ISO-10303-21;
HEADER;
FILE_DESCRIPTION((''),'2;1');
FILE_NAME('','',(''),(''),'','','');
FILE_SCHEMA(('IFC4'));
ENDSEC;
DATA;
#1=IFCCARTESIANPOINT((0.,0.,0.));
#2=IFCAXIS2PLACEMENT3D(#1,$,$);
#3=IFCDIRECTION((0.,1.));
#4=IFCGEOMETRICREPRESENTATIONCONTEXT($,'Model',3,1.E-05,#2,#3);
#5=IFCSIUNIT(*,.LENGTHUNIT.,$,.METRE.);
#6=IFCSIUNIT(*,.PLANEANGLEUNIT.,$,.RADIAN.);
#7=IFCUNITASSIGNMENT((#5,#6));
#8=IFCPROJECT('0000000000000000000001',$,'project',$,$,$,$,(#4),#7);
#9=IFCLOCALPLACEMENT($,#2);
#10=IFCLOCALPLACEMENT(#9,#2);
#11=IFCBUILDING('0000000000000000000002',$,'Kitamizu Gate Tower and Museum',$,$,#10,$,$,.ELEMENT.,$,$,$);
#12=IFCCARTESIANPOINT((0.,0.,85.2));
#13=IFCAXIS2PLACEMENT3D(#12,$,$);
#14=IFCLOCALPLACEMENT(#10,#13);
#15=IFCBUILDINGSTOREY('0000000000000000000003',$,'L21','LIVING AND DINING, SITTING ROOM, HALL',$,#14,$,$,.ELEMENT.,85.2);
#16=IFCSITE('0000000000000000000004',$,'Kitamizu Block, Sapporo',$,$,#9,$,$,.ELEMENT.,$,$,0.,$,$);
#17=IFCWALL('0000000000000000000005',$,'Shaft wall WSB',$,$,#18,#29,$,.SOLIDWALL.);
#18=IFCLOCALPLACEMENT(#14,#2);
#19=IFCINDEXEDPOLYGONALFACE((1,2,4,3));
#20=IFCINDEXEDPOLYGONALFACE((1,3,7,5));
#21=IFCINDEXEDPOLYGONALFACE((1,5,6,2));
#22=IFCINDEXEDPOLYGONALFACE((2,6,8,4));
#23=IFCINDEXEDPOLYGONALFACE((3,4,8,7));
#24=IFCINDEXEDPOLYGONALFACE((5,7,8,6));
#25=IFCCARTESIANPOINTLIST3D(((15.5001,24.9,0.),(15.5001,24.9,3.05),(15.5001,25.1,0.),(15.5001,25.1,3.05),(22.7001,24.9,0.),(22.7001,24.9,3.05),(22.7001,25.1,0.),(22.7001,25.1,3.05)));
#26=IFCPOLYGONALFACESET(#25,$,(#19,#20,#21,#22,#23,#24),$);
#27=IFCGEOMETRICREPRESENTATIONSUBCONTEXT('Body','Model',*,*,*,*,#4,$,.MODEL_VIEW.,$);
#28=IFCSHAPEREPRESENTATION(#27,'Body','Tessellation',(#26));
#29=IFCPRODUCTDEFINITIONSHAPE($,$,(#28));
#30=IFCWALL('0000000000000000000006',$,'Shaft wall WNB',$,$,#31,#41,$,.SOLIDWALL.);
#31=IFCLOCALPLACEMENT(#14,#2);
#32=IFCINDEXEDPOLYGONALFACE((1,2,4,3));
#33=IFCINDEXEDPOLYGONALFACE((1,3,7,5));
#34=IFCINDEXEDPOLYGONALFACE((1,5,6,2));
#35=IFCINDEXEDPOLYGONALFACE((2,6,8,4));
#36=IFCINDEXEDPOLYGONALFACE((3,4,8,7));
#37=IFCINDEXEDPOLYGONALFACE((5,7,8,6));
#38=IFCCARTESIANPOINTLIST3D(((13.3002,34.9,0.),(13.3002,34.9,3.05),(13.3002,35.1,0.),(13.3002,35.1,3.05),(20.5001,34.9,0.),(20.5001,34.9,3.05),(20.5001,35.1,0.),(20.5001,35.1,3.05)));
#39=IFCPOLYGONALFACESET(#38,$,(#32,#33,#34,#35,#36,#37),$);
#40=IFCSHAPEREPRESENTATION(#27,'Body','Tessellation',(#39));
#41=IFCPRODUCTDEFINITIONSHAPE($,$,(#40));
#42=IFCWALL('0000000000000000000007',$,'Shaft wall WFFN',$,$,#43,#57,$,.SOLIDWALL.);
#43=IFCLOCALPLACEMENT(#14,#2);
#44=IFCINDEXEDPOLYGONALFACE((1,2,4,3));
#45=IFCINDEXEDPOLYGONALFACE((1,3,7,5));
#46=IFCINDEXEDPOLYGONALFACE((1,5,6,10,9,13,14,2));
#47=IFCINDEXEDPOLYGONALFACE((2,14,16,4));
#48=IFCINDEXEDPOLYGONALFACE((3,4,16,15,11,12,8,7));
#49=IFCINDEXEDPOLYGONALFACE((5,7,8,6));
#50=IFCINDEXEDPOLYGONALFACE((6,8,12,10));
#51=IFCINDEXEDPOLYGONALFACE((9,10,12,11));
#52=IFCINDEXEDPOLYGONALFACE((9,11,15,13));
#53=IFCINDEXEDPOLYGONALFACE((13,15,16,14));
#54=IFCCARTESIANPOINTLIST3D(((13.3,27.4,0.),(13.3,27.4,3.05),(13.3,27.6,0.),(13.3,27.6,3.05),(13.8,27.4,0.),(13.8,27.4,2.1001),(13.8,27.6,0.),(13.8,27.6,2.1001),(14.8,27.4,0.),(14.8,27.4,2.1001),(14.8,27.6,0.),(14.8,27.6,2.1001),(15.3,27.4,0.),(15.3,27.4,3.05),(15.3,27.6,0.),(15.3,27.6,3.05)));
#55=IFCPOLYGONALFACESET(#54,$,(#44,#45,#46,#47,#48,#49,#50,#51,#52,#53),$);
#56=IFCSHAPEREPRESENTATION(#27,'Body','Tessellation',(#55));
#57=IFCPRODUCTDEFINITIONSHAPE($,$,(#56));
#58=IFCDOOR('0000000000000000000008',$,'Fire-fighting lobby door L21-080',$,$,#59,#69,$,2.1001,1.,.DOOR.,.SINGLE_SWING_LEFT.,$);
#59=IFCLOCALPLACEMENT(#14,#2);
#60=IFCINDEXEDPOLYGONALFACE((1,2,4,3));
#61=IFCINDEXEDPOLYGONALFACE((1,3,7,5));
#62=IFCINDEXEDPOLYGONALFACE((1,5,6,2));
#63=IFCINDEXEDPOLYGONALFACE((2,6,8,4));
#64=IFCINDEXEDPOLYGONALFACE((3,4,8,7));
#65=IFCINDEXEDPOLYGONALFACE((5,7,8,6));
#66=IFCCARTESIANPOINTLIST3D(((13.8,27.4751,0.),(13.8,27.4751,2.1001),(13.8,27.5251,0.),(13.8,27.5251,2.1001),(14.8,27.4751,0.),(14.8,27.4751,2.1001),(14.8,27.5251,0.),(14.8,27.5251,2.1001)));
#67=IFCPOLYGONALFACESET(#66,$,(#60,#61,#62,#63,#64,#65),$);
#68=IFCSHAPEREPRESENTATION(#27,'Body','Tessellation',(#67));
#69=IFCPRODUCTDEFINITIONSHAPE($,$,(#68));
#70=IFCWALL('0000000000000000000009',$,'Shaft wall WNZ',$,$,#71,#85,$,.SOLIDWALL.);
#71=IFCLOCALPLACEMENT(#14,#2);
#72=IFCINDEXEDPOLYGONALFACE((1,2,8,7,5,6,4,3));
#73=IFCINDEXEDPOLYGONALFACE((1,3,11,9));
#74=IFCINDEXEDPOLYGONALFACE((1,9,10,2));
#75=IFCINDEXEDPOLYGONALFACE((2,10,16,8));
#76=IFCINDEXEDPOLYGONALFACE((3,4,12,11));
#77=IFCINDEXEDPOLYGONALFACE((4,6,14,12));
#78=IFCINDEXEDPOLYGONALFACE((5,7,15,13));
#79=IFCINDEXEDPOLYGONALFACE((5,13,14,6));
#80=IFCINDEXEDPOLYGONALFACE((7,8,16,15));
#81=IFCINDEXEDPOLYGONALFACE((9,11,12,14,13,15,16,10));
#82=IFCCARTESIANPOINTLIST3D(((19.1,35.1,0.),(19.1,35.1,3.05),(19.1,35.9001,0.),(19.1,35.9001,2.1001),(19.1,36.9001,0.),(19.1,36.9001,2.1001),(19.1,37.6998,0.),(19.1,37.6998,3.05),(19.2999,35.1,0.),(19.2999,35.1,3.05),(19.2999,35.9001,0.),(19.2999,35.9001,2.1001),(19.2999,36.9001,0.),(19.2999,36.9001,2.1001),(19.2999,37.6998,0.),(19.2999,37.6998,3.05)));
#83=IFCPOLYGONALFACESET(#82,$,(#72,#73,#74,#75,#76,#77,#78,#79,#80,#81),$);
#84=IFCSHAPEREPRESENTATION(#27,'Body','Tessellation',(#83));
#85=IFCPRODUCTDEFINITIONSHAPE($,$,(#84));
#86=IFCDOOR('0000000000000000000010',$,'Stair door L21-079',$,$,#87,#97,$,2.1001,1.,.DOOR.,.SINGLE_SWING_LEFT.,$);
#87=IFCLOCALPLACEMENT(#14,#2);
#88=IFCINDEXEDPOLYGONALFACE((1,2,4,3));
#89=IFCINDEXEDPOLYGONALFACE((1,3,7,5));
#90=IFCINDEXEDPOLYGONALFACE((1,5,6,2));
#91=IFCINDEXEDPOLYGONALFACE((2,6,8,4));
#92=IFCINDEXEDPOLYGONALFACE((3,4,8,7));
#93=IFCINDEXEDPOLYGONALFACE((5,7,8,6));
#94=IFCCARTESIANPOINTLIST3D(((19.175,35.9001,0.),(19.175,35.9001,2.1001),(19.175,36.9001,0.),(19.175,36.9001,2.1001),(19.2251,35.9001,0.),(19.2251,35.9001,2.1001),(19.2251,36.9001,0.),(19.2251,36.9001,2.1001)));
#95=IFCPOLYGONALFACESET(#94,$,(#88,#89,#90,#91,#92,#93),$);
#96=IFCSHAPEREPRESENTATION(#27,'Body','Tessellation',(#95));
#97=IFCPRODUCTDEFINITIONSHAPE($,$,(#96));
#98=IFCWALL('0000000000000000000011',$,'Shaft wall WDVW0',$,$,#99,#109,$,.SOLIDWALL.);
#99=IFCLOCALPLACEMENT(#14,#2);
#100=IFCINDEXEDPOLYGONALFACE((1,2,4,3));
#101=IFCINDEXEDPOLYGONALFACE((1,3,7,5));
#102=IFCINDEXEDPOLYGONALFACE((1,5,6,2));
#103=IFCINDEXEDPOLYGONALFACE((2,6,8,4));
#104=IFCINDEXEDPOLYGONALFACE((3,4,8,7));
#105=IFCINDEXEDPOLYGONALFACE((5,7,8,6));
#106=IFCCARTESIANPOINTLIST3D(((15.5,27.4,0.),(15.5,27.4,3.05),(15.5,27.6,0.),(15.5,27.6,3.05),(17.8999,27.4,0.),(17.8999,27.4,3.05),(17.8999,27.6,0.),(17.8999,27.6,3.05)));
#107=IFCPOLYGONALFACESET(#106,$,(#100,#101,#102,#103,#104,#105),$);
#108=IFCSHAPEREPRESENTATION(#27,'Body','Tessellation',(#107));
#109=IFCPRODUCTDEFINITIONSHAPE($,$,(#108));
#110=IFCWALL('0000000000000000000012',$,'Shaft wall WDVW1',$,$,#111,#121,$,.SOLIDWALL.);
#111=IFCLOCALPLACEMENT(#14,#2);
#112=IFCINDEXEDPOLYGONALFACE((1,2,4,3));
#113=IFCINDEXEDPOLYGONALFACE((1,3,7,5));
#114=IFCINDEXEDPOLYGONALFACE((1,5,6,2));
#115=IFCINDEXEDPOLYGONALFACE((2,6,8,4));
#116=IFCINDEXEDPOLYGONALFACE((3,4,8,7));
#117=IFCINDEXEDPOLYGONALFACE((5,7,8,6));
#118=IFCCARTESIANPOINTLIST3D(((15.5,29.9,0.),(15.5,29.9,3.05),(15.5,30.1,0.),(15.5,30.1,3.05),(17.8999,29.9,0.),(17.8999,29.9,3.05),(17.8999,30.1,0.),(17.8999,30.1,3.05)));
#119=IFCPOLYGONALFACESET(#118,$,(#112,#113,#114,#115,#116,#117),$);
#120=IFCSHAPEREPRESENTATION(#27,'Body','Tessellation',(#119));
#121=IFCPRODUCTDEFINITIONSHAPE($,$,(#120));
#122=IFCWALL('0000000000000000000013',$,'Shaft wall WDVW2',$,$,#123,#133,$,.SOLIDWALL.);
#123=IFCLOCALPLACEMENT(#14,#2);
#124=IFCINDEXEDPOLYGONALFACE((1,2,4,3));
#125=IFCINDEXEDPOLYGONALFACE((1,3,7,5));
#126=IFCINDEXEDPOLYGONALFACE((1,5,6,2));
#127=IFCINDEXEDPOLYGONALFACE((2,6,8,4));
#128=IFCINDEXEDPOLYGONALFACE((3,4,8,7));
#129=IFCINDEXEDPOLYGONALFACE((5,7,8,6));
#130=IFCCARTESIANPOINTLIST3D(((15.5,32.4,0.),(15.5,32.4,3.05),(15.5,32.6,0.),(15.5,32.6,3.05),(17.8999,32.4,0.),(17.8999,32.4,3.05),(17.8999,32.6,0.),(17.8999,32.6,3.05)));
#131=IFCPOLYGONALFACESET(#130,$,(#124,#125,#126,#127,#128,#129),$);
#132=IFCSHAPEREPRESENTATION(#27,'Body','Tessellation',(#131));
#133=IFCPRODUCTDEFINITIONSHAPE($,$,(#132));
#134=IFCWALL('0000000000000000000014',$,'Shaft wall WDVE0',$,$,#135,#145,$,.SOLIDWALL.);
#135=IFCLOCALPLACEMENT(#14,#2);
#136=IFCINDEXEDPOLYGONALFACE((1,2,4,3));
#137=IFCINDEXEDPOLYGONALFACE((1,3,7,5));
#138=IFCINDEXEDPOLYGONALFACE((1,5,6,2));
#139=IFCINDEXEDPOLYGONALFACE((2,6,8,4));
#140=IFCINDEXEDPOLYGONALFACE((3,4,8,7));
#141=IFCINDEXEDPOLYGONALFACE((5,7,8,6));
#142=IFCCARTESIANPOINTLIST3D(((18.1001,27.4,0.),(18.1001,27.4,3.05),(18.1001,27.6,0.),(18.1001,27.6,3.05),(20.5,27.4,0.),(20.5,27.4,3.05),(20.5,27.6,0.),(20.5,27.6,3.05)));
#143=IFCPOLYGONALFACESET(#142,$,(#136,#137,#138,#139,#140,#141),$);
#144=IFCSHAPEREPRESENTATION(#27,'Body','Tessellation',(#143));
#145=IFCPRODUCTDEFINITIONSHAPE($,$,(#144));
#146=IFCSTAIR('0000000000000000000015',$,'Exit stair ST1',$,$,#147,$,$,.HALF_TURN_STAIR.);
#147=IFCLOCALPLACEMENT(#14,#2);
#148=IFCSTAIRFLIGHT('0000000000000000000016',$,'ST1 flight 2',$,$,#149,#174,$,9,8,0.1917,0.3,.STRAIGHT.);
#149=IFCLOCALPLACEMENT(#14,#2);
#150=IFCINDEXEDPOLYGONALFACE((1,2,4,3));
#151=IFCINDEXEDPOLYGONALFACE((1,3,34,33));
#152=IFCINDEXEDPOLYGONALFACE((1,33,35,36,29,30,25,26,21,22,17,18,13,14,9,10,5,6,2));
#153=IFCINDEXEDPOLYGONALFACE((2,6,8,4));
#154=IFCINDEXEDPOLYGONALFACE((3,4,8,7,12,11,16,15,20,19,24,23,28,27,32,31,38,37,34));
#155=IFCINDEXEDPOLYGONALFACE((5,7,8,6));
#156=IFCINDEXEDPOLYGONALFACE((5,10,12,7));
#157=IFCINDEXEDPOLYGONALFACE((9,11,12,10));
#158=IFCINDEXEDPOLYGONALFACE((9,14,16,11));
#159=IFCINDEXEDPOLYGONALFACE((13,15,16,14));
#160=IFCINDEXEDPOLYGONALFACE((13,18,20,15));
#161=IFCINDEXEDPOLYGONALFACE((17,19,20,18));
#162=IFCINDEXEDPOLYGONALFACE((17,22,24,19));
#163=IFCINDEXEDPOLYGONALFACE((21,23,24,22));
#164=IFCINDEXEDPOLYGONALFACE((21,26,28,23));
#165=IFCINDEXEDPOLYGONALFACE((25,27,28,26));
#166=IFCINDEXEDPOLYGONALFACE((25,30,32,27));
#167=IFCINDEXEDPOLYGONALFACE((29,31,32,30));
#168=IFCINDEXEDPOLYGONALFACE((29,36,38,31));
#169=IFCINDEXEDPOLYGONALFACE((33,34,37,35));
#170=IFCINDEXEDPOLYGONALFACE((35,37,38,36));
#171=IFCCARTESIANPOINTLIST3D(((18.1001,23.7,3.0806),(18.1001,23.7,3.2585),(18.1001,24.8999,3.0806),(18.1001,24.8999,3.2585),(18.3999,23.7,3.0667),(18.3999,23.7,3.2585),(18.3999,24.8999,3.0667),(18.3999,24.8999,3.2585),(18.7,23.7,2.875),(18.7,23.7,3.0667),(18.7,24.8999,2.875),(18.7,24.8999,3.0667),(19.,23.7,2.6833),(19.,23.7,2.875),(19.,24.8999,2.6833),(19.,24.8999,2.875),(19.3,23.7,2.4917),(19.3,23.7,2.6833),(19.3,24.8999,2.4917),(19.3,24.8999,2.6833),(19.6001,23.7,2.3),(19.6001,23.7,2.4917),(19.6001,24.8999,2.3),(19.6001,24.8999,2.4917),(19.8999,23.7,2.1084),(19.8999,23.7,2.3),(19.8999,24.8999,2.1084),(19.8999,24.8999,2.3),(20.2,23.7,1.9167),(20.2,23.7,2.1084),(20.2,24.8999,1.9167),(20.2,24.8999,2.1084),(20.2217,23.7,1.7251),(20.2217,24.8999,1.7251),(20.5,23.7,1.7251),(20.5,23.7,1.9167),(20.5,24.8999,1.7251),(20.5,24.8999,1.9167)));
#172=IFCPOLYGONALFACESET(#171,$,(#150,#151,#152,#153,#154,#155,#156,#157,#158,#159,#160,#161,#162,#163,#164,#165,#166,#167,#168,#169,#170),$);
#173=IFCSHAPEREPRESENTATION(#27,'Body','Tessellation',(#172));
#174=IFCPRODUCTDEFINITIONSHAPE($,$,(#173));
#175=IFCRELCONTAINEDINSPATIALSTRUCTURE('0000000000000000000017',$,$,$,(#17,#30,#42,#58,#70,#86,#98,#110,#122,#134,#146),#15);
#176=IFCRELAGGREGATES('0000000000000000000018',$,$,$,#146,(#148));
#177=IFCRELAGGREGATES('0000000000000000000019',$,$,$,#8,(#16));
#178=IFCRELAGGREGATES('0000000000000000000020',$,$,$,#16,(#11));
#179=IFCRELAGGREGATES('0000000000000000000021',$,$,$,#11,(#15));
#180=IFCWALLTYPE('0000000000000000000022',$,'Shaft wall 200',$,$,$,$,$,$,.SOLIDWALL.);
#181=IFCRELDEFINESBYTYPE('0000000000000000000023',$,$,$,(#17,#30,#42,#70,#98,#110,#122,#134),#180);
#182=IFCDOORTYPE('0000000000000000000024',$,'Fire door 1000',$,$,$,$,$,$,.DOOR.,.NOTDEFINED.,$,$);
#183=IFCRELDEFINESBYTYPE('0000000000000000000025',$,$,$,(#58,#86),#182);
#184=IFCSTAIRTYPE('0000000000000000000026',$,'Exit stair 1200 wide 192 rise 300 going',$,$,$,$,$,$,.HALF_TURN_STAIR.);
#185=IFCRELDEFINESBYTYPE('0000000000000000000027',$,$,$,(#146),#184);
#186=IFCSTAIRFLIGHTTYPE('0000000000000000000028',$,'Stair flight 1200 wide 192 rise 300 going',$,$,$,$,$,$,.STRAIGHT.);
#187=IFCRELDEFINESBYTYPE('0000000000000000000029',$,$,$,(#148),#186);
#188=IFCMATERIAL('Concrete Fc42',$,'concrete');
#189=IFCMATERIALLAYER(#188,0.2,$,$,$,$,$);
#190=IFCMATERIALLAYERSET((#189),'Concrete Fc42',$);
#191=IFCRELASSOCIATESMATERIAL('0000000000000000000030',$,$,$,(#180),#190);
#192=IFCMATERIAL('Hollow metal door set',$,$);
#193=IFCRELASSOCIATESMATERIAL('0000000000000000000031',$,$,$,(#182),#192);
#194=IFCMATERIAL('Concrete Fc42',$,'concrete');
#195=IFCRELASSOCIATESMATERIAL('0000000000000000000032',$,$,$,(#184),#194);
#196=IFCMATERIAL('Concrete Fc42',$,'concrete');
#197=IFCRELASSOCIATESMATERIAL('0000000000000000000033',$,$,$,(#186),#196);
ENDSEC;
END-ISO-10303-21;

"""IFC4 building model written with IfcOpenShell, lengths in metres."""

from ifc_helpers import new_model, si_unit, direction, frame, frame_2d, origin, place, context, subcontext, project, spatial, polyline, rectangle, outline, extrude, material, layer, layer_set, type_object, element, fill, aggregate, save


model = new_model("IFC4")

# Units and contexts
model_context = context("Model", 3, precision=1e-05, world=origin(), true_north=direction((0.0, 1.0)))
body_context = subcontext(model_context, "Body", "Model", "MODEL_VIEW")
ifc_project = project(units=[si_unit("LENGTHUNIT", "METRE"), si_unit("PLANEANGLEUNIT", "RADIAN")], contexts=[model_context])

# Site, building, storey
site_placement = place(None, origin())
site = spatial("IfcSite", under=ifc_project, at=site_placement, Name="Kitamizu Block, Sapporo", CompositionType="ELEMENT", RefElevation=0.0)
building_placement = place(site_placement, origin())
building = spatial("IfcBuilding", under=site, at=building_placement, Name="Kitamizu Gate Tower and Museum", CompositionType="ELEMENT")
storey_placement = place(building_placement, frame((0.0, 0.0, 85.2)))
storey = spatial("IfcBuildingStorey", under=building, at=storey_placement, Name="L21", Description="LIVING AND DINING, SITTING ROOM, HALL", CompositionType="ELEMENT", Elevation=85.2)

# Walls
ifc_material_1 = material(Name="Concrete Fc42", Category="concrete")
ifc_layer_1 = layer(ifc_material_1, 0.2)
ifc_layer_set_1 = layer_set([ifc_layer_1], Name="Concrete Fc42")
wall_type_1 = type_object("IfcWallType", Name="Shaft wall 200", PredefinedType="SOLIDWALL", material=ifc_layer_set_1)
for number, where, z_axis, x_axis, name in (
    (1, (15.5, 25.0, 0.0), (0.0, 0.0, 1.0), (1.0, 0.0, 0.0), "Shaft wall WSB"),
    (2, (13.3, 35.0, 0.0), (0.0, 0.0, 1.0), (1.0, 0.0, 0.0), "Shaft wall WNB"),
):
    element("IfcWall", number, at=place(storey_placement, frame(where, z_axis=z_axis, x_axis=x_axis)), inside=storey, type_object=wall_type_1, Name=name, PredefinedType="SOLIDWALL", context=body_context, shape_type="SweptSolid", body=[
        extrude(rectangle(XDim=7.2, YDim=0.2, at=frame_2d((3.6001, 0.0))), origin(), (0.0, 0.0, 1.0), 3.05),
    ])

# Walls, openings, doors
wall_1_placement = place(storey_placement, frame((13.3, 27.5, 0.0), z_axis=(0.0, 0.0, 1.0), x_axis=(1.0, 0.0, 0.0)))
wall_1 = element("IfcWall", 3, at=wall_1_placement, inside=storey, type_object=wall_type_1, Name="Shaft wall WFFN", PredefinedType="SOLIDWALL", context=body_context, shape_type="SweptSolid", body=[
    extrude(rectangle(XDim=2.0, YDim=0.2, at=frame_2d((1.0, 0.0))), origin(), (0.0, 0.0, 1.0), 3.05),
])
opening_1_placement = place(wall_1_placement, frame((0.5, 0.0, 0.0)))
opening_1 = element("IfcOpeningElement", 4, at=opening_1_placement, cuts=wall_1, PredefinedType="OPENING", context=body_context, shape_type="SweptSolid", body=[
    extrude(rectangle(XDim=1.0, YDim=2.1001, at=frame_2d((0.5, 1.05))), frame((0.0, 0.1099, 0.0), z_axis=(0.0, -1.0, 0.0), x_axis=(1.0, 0.0, 0.0)), (0.0, 0.0, 1.0), 0.22),
])
ifc_material_2 = material(Name="Hollow metal door set")
door_type_1 = type_object("IfcDoorType", Name="Fire door 1000", OperationType="NOTDEFINED", PredefinedType="DOOR", material=ifc_material_2)
door_1_placement = place(opening_1_placement, frame((1.0, 0.0, 0.0), x_axis=(-1.0, 0.0, 0.0)))
door_1 = element("IfcDoor", 5, at=door_1_placement, inside=storey, type_object=door_type_1, Name="Fire-fighting lobby door L21-080", OperationType="SINGLE_SWING_LEFT", OverallHeight=2.1001, OverallWidth=1.0, PredefinedType="DOOR", context=body_context, shape_type="SweptSolid", body=[
    extrude(rectangle(XDim=1.0, YDim=2.1001, at=frame_2d((0.5, 1.05))), frame((0.0, 0.0249, 0.0), z_axis=(0.0, -1.0, 0.0), x_axis=(1.0, 0.0, 0.0)), (0.0, 0.0, 1.0), 0.05),
])
fill(opening_1, door_1)
wall_2_placement = place(storey_placement, frame((19.2, 35.1001, 0.0), z_axis=(0.0, 0.0, 1.0), x_axis=(0.0, 1.0, 0.0)))
wall_2 = element("IfcWall", 6, at=wall_2_placement, inside=storey, type_object=wall_type_1, Name="Shaft wall WNZ", PredefinedType="SOLIDWALL", context=body_context, shape_type="SweptSolid", body=[
    extrude(rectangle(XDim=2.5999, YDim=0.2, at=frame_2d((1.2998, 0.0))), origin(), (0.0, 0.0, 1.0), 3.05),
])
opening_2_placement = place(wall_2_placement, frame((0.8, 0.0, 0.0)))
opening_2 = element("IfcOpeningElement", 7, at=opening_2_placement, cuts=wall_2, PredefinedType="OPENING", context=body_context, shape_type="SweptSolid", body=[
    extrude(rectangle(XDim=1.0, YDim=2.1001, at=frame_2d((0.5, 1.05))), frame((0.0, 0.1099, 0.0), z_axis=(0.0, -1.0, 0.0), x_axis=(1.0, 0.0, 0.0)), (0.0, 0.0, 1.0), 0.22),
])
door_2_placement = place(opening_2_placement, origin())
door_2 = element("IfcDoor", 8, at=door_2_placement, inside=storey, type_object=door_type_1, Name="Stair door L21-079", OperationType="SINGLE_SWING_LEFT", OverallHeight=2.1001, OverallWidth=1.0, PredefinedType="DOOR", context=body_context, shape_type="SweptSolid", body=[
    extrude(rectangle(XDim=1.0, YDim=2.1001, at=frame_2d((0.5, 1.05))), frame((0.0, 0.0249, 0.0), z_axis=(0.0, -1.0, 0.0), x_axis=(1.0, 0.0, 0.0)), (0.0, 0.0, 1.0), 0.05),
])
fill(opening_2, door_2)

# Walls
for number, where, z_axis, x_axis, name in (
    (9, (15.5, 27.5, 0.0), (0.0, 0.0, 1.0), (1.0, 0.0, 0.0), "Shaft wall WDVW0"),
    (10, (15.5, 30.0, 0.0), (0.0, 0.0, 1.0), (1.0, 0.0, 0.0), "Shaft wall WDVW1"),
    (11, (15.5, 32.5, 0.0), (0.0, 0.0, 1.0), (1.0, 0.0, 0.0), "Shaft wall WDVW2"),
    (12, (18.1001, 27.5, 0.0), (0.0, 0.0, 1.0), (1.0, 0.0, 0.0), "Shaft wall WDVE0"),
):
    element("IfcWall", number, at=place(storey_placement, frame(where, z_axis=z_axis, x_axis=x_axis)), inside=storey, type_object=wall_type_1, Name=name, PredefinedType="SOLIDWALL", context=body_context, shape_type="SweptSolid", body=[
        extrude(rectangle(XDim=2.3999, YDim=0.2, at=frame_2d((1.2, 0.0))), origin(), (0.0, 0.0, 1.0), 3.05),
    ])

# Stair, stair flight
ifc_material_3 = material(Name="Concrete Fc42", Category="concrete")
stair_type = type_object("IfcStairType", Name="Exit stair 1200 wide 192 rise 300 going", PredefinedType="HALF_TURN_STAIR", material=ifc_material_3)
stair_1_placement = place(storey_placement, origin())
stair_1 = element("IfcStair", 13, at=stair_1_placement, inside=storey, type_object=stair_type, Name="Exit stair ST1", PredefinedType="HALF_TURN_STAIR")
ifc_material_4 = material(Name="Concrete Fc42", Category="concrete")
stair_flight_type = type_object("IfcStairFlightType", Name="Stair flight 1200 wide 192 rise 300 going", PredefinedType="STRAIGHT", material=ifc_material_4)
stair_flight_1_placement = place(storey_placement, frame((20.5, 24.3, 1.7251), z_axis=(0.0, 0.0, 1.0), x_axis=(-1.0, 0.0, 0.0)))
stair_flight_1 = element("IfcStairFlight", 14, at=stair_flight_1_placement, type_object=stair_flight_type, Name="ST1 flight 2", NumberOfRisers=9, NumberOfTreads=8, PredefinedType="STRAIGHT", RiserHeight=0.1917, TreadLength=0.3, context=body_context, shape_type="SweptSolid", body=[
    extrude(outline(polyline([(0.0, 0.0), (0.0, 0.1917), (0.3, 0.1917), (0.3, 0.3833), (0.6001, 0.3833), (0.6001, 0.575), (0.8999, 0.575), (0.8999, 0.7666), (1.2, 0.7666), (1.2, 0.9583), (1.5, 0.9583), (1.5, 1.1499), (1.8, 1.1499), (1.8, 1.3416), (2.1001, 1.3416), (2.1001, 1.5334), (2.3999, 1.5334), (2.3999, 1.7251), (2.3999, 1.3555), (0.2783, 0.0), (0.0, 0.0)])), frame((0.0, 0.6001, 0.0), z_axis=(0.0, -1.0, 0.0), x_axis=(1.0, 0.0, 0.0)), (0.0, 0.0, 1.0), 1.2),
])
aggregate(stair_1, [stair_flight_1])

save(model, "model.ifc")
